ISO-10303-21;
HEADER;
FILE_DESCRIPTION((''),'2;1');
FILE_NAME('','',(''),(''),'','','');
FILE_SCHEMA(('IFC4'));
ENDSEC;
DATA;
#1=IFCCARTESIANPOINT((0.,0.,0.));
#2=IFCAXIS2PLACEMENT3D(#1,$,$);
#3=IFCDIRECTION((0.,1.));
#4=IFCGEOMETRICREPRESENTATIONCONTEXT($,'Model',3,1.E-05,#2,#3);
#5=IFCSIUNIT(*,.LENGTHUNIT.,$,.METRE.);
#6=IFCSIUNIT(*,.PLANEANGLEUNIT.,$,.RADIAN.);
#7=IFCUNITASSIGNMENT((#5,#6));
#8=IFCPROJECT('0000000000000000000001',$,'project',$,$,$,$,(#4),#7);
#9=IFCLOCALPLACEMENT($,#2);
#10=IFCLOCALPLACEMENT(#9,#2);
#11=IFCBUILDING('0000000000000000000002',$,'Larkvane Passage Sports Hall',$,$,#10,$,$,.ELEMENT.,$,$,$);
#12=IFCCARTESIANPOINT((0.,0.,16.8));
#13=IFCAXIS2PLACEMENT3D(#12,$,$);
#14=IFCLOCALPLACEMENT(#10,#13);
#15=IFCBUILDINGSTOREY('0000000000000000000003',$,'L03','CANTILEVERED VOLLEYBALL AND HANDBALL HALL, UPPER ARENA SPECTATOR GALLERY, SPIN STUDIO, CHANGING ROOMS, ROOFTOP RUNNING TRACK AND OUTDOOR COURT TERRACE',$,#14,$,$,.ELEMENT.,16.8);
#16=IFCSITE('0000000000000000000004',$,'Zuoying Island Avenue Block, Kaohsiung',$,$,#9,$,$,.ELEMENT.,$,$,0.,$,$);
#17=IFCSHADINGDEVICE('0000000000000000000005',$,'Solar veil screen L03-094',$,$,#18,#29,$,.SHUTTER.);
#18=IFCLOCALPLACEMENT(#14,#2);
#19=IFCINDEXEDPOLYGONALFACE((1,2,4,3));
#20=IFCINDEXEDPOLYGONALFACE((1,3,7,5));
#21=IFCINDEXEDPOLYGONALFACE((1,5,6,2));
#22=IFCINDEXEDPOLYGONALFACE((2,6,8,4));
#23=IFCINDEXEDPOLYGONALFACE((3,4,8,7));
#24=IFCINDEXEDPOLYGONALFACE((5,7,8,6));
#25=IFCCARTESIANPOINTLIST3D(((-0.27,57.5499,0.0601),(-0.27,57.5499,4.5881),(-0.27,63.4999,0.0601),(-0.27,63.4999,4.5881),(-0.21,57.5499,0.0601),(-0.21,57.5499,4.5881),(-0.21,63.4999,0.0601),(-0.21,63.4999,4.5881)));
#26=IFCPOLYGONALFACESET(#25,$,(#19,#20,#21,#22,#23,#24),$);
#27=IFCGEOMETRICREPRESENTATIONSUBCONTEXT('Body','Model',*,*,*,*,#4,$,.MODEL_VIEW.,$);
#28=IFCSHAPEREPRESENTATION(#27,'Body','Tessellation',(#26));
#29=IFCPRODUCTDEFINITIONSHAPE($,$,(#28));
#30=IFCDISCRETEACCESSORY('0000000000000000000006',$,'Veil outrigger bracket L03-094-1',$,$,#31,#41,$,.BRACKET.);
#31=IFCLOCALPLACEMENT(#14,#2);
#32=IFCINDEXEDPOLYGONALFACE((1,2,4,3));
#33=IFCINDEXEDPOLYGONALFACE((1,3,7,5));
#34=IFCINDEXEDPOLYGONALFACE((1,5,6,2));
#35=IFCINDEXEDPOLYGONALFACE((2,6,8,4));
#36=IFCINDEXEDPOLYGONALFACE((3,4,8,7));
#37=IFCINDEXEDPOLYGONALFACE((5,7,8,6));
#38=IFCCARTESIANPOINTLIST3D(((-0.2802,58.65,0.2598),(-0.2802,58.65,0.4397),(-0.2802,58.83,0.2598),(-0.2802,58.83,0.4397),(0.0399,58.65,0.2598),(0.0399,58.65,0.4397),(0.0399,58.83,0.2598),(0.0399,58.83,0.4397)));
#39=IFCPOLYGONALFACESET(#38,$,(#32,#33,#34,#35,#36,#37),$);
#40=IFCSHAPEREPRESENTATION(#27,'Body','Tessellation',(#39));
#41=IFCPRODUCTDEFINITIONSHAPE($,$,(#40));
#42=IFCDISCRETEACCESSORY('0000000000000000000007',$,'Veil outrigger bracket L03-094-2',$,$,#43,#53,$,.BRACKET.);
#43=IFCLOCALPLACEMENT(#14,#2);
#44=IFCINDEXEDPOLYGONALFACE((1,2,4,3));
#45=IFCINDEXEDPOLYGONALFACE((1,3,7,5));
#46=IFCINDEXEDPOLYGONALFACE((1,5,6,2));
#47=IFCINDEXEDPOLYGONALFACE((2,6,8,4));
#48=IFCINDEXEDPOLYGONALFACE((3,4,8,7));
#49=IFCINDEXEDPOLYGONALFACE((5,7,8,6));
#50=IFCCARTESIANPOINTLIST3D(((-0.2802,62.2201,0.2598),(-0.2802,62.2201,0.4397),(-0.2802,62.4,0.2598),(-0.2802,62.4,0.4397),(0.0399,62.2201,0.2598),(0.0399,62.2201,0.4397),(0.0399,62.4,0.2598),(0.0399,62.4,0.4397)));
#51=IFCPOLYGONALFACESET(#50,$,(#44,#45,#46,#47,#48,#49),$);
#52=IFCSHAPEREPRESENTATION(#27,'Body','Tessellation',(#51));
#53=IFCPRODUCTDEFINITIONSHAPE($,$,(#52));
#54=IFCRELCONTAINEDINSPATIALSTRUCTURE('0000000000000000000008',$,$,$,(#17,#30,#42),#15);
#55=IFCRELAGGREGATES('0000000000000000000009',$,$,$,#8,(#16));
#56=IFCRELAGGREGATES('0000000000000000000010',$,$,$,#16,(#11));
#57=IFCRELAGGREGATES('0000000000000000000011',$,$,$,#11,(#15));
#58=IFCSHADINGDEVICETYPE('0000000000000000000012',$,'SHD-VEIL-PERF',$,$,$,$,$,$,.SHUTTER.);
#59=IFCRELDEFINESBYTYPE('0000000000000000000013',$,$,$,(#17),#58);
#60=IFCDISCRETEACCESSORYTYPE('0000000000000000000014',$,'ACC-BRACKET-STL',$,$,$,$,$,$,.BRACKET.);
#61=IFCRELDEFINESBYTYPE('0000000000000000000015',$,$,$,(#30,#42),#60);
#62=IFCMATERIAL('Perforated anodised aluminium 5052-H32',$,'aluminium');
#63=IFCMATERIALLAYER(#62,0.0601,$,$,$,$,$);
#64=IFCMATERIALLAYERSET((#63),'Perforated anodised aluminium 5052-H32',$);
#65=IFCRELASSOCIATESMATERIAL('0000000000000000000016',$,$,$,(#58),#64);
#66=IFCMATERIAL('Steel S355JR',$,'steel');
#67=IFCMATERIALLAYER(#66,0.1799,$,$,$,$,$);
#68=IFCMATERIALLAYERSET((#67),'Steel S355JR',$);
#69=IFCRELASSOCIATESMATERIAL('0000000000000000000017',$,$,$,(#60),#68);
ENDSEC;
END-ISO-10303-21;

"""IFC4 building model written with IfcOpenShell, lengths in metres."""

from ifc_helpers import new_model, si_unit, direction, frame, origin, origin_2d, place, context, subcontext, project, spatial, rectangle, extrude, material, layer, layer_set, type_object, element, save


model = new_model("IFC4")

# Units and contexts
model_context = context("Model", 3, precision=1e-05, world=origin(), true_north=direction((0.0, 1.0)))
body_context = subcontext(model_context, "Body", "Model", "MODEL_VIEW")
ifc_project = project(units=[si_unit("LENGTHUNIT", "METRE"), si_unit("PLANEANGLEUNIT", "RADIAN")], contexts=[model_context])

# Site, building, storey
site_placement = place(None, origin())
site = spatial("IfcSite", under=ifc_project, at=site_placement, Name="Zuoying Island Avenue Block, Kaohsiung", CompositionType="ELEMENT", RefElevation=0.0)
building_placement = place(site_placement, origin())
building = spatial("IfcBuilding", under=site, at=building_placement, Name="Larkvane Passage Sports Hall", CompositionType="ELEMENT")
storey_placement = place(building_placement, frame((0.0, 0.0, 16.8)))
storey = spatial("IfcBuildingStorey", under=building, at=storey_placement, Name="L03", Description="CANTILEVERED VOLLEYBALL AND HANDBALL HALL, UPPER ARENA SPECTATOR GALLERY, SPIN STUDIO, CHANGING ROOMS, ROOFTOP RUNNING TRACK AND OUTDOOR COURT TERRACE", CompositionType="ELEMENT", Elevation=16.8)

# Shading device
ifc_material_1 = material(Name="Perforated anodised aluminium 5052-H32", Category="aluminium")
ifc_layer_1 = layer(ifc_material_1, 0.0601)
ifc_layer_set_1 = layer_set([ifc_layer_1], Name="Perforated anodised aluminium 5052-H32")
shading_device_type = type_object("IfcShadingDeviceType", Name="SHD-VEIL-PERF", PredefinedType="SHUTTER", material=ifc_layer_set_1)
shading_device_placement = place(storey_placement, frame((-0.24, 60.5249, 0.0601), z_axis=(0.0, 0.0, 1.0), x_axis=(0.0, 1.0, 0.0)))
element("IfcShadingDevice", 1, at=shading_device_placement, inside=storey, type_object=shading_device_type, Name="Solar veil screen L03-094", PredefinedType="SHUTTER", context=body_context, shape_type="SweptSolid", body=[
    extrude(rectangle(XDim=5.95, YDim=0.0601, at=origin_2d()), origin(), (0.0, 0.0, 1.0), 4.5281),
])

# Discrete accessories
ifc_material_2 = material(Name="Steel S355JR", Category="steel")
ifc_layer_2 = layer(ifc_material_2, 0.1799)
ifc_layer_set_2 = layer_set([ifc_layer_2], Name="Steel S355JR")
discrete_accessory_type = type_object("IfcDiscreteAccessoryType", Name="ACC-BRACKET-STL", PredefinedType="BRACKET", material=ifc_layer_set_2)
for number, where, z_axis, x_axis, name in (
    (2, (-0.1201, 58.74, 0.2598), (0.0, 0.0, 1.0), (0.0, 1.0, 0.0), "Veil outrigger bracket L03-094-1"),
    (3, (-0.1201, 62.3101, 0.2598), (0.0, 0.0, 1.0), (0.0, 1.0, 0.0), "Veil outrigger bracket L03-094-2"),
):
    element("IfcDiscreteAccessory", number, at=place(storey_placement, frame(where, z_axis=z_axis, x_axis=x_axis)), inside=storey, type_object=discrete_accessory_type, Name=name, PredefinedType="BRACKET", context=body_context, shape_type="SweptSolid", body=[
        extrude(rectangle(XDim=0.1799, YDim=0.3201, at=origin_2d()), origin(), (0.0, 0.0, 1.0), 0.1799),
    ])

save(model, "model.ifc")
